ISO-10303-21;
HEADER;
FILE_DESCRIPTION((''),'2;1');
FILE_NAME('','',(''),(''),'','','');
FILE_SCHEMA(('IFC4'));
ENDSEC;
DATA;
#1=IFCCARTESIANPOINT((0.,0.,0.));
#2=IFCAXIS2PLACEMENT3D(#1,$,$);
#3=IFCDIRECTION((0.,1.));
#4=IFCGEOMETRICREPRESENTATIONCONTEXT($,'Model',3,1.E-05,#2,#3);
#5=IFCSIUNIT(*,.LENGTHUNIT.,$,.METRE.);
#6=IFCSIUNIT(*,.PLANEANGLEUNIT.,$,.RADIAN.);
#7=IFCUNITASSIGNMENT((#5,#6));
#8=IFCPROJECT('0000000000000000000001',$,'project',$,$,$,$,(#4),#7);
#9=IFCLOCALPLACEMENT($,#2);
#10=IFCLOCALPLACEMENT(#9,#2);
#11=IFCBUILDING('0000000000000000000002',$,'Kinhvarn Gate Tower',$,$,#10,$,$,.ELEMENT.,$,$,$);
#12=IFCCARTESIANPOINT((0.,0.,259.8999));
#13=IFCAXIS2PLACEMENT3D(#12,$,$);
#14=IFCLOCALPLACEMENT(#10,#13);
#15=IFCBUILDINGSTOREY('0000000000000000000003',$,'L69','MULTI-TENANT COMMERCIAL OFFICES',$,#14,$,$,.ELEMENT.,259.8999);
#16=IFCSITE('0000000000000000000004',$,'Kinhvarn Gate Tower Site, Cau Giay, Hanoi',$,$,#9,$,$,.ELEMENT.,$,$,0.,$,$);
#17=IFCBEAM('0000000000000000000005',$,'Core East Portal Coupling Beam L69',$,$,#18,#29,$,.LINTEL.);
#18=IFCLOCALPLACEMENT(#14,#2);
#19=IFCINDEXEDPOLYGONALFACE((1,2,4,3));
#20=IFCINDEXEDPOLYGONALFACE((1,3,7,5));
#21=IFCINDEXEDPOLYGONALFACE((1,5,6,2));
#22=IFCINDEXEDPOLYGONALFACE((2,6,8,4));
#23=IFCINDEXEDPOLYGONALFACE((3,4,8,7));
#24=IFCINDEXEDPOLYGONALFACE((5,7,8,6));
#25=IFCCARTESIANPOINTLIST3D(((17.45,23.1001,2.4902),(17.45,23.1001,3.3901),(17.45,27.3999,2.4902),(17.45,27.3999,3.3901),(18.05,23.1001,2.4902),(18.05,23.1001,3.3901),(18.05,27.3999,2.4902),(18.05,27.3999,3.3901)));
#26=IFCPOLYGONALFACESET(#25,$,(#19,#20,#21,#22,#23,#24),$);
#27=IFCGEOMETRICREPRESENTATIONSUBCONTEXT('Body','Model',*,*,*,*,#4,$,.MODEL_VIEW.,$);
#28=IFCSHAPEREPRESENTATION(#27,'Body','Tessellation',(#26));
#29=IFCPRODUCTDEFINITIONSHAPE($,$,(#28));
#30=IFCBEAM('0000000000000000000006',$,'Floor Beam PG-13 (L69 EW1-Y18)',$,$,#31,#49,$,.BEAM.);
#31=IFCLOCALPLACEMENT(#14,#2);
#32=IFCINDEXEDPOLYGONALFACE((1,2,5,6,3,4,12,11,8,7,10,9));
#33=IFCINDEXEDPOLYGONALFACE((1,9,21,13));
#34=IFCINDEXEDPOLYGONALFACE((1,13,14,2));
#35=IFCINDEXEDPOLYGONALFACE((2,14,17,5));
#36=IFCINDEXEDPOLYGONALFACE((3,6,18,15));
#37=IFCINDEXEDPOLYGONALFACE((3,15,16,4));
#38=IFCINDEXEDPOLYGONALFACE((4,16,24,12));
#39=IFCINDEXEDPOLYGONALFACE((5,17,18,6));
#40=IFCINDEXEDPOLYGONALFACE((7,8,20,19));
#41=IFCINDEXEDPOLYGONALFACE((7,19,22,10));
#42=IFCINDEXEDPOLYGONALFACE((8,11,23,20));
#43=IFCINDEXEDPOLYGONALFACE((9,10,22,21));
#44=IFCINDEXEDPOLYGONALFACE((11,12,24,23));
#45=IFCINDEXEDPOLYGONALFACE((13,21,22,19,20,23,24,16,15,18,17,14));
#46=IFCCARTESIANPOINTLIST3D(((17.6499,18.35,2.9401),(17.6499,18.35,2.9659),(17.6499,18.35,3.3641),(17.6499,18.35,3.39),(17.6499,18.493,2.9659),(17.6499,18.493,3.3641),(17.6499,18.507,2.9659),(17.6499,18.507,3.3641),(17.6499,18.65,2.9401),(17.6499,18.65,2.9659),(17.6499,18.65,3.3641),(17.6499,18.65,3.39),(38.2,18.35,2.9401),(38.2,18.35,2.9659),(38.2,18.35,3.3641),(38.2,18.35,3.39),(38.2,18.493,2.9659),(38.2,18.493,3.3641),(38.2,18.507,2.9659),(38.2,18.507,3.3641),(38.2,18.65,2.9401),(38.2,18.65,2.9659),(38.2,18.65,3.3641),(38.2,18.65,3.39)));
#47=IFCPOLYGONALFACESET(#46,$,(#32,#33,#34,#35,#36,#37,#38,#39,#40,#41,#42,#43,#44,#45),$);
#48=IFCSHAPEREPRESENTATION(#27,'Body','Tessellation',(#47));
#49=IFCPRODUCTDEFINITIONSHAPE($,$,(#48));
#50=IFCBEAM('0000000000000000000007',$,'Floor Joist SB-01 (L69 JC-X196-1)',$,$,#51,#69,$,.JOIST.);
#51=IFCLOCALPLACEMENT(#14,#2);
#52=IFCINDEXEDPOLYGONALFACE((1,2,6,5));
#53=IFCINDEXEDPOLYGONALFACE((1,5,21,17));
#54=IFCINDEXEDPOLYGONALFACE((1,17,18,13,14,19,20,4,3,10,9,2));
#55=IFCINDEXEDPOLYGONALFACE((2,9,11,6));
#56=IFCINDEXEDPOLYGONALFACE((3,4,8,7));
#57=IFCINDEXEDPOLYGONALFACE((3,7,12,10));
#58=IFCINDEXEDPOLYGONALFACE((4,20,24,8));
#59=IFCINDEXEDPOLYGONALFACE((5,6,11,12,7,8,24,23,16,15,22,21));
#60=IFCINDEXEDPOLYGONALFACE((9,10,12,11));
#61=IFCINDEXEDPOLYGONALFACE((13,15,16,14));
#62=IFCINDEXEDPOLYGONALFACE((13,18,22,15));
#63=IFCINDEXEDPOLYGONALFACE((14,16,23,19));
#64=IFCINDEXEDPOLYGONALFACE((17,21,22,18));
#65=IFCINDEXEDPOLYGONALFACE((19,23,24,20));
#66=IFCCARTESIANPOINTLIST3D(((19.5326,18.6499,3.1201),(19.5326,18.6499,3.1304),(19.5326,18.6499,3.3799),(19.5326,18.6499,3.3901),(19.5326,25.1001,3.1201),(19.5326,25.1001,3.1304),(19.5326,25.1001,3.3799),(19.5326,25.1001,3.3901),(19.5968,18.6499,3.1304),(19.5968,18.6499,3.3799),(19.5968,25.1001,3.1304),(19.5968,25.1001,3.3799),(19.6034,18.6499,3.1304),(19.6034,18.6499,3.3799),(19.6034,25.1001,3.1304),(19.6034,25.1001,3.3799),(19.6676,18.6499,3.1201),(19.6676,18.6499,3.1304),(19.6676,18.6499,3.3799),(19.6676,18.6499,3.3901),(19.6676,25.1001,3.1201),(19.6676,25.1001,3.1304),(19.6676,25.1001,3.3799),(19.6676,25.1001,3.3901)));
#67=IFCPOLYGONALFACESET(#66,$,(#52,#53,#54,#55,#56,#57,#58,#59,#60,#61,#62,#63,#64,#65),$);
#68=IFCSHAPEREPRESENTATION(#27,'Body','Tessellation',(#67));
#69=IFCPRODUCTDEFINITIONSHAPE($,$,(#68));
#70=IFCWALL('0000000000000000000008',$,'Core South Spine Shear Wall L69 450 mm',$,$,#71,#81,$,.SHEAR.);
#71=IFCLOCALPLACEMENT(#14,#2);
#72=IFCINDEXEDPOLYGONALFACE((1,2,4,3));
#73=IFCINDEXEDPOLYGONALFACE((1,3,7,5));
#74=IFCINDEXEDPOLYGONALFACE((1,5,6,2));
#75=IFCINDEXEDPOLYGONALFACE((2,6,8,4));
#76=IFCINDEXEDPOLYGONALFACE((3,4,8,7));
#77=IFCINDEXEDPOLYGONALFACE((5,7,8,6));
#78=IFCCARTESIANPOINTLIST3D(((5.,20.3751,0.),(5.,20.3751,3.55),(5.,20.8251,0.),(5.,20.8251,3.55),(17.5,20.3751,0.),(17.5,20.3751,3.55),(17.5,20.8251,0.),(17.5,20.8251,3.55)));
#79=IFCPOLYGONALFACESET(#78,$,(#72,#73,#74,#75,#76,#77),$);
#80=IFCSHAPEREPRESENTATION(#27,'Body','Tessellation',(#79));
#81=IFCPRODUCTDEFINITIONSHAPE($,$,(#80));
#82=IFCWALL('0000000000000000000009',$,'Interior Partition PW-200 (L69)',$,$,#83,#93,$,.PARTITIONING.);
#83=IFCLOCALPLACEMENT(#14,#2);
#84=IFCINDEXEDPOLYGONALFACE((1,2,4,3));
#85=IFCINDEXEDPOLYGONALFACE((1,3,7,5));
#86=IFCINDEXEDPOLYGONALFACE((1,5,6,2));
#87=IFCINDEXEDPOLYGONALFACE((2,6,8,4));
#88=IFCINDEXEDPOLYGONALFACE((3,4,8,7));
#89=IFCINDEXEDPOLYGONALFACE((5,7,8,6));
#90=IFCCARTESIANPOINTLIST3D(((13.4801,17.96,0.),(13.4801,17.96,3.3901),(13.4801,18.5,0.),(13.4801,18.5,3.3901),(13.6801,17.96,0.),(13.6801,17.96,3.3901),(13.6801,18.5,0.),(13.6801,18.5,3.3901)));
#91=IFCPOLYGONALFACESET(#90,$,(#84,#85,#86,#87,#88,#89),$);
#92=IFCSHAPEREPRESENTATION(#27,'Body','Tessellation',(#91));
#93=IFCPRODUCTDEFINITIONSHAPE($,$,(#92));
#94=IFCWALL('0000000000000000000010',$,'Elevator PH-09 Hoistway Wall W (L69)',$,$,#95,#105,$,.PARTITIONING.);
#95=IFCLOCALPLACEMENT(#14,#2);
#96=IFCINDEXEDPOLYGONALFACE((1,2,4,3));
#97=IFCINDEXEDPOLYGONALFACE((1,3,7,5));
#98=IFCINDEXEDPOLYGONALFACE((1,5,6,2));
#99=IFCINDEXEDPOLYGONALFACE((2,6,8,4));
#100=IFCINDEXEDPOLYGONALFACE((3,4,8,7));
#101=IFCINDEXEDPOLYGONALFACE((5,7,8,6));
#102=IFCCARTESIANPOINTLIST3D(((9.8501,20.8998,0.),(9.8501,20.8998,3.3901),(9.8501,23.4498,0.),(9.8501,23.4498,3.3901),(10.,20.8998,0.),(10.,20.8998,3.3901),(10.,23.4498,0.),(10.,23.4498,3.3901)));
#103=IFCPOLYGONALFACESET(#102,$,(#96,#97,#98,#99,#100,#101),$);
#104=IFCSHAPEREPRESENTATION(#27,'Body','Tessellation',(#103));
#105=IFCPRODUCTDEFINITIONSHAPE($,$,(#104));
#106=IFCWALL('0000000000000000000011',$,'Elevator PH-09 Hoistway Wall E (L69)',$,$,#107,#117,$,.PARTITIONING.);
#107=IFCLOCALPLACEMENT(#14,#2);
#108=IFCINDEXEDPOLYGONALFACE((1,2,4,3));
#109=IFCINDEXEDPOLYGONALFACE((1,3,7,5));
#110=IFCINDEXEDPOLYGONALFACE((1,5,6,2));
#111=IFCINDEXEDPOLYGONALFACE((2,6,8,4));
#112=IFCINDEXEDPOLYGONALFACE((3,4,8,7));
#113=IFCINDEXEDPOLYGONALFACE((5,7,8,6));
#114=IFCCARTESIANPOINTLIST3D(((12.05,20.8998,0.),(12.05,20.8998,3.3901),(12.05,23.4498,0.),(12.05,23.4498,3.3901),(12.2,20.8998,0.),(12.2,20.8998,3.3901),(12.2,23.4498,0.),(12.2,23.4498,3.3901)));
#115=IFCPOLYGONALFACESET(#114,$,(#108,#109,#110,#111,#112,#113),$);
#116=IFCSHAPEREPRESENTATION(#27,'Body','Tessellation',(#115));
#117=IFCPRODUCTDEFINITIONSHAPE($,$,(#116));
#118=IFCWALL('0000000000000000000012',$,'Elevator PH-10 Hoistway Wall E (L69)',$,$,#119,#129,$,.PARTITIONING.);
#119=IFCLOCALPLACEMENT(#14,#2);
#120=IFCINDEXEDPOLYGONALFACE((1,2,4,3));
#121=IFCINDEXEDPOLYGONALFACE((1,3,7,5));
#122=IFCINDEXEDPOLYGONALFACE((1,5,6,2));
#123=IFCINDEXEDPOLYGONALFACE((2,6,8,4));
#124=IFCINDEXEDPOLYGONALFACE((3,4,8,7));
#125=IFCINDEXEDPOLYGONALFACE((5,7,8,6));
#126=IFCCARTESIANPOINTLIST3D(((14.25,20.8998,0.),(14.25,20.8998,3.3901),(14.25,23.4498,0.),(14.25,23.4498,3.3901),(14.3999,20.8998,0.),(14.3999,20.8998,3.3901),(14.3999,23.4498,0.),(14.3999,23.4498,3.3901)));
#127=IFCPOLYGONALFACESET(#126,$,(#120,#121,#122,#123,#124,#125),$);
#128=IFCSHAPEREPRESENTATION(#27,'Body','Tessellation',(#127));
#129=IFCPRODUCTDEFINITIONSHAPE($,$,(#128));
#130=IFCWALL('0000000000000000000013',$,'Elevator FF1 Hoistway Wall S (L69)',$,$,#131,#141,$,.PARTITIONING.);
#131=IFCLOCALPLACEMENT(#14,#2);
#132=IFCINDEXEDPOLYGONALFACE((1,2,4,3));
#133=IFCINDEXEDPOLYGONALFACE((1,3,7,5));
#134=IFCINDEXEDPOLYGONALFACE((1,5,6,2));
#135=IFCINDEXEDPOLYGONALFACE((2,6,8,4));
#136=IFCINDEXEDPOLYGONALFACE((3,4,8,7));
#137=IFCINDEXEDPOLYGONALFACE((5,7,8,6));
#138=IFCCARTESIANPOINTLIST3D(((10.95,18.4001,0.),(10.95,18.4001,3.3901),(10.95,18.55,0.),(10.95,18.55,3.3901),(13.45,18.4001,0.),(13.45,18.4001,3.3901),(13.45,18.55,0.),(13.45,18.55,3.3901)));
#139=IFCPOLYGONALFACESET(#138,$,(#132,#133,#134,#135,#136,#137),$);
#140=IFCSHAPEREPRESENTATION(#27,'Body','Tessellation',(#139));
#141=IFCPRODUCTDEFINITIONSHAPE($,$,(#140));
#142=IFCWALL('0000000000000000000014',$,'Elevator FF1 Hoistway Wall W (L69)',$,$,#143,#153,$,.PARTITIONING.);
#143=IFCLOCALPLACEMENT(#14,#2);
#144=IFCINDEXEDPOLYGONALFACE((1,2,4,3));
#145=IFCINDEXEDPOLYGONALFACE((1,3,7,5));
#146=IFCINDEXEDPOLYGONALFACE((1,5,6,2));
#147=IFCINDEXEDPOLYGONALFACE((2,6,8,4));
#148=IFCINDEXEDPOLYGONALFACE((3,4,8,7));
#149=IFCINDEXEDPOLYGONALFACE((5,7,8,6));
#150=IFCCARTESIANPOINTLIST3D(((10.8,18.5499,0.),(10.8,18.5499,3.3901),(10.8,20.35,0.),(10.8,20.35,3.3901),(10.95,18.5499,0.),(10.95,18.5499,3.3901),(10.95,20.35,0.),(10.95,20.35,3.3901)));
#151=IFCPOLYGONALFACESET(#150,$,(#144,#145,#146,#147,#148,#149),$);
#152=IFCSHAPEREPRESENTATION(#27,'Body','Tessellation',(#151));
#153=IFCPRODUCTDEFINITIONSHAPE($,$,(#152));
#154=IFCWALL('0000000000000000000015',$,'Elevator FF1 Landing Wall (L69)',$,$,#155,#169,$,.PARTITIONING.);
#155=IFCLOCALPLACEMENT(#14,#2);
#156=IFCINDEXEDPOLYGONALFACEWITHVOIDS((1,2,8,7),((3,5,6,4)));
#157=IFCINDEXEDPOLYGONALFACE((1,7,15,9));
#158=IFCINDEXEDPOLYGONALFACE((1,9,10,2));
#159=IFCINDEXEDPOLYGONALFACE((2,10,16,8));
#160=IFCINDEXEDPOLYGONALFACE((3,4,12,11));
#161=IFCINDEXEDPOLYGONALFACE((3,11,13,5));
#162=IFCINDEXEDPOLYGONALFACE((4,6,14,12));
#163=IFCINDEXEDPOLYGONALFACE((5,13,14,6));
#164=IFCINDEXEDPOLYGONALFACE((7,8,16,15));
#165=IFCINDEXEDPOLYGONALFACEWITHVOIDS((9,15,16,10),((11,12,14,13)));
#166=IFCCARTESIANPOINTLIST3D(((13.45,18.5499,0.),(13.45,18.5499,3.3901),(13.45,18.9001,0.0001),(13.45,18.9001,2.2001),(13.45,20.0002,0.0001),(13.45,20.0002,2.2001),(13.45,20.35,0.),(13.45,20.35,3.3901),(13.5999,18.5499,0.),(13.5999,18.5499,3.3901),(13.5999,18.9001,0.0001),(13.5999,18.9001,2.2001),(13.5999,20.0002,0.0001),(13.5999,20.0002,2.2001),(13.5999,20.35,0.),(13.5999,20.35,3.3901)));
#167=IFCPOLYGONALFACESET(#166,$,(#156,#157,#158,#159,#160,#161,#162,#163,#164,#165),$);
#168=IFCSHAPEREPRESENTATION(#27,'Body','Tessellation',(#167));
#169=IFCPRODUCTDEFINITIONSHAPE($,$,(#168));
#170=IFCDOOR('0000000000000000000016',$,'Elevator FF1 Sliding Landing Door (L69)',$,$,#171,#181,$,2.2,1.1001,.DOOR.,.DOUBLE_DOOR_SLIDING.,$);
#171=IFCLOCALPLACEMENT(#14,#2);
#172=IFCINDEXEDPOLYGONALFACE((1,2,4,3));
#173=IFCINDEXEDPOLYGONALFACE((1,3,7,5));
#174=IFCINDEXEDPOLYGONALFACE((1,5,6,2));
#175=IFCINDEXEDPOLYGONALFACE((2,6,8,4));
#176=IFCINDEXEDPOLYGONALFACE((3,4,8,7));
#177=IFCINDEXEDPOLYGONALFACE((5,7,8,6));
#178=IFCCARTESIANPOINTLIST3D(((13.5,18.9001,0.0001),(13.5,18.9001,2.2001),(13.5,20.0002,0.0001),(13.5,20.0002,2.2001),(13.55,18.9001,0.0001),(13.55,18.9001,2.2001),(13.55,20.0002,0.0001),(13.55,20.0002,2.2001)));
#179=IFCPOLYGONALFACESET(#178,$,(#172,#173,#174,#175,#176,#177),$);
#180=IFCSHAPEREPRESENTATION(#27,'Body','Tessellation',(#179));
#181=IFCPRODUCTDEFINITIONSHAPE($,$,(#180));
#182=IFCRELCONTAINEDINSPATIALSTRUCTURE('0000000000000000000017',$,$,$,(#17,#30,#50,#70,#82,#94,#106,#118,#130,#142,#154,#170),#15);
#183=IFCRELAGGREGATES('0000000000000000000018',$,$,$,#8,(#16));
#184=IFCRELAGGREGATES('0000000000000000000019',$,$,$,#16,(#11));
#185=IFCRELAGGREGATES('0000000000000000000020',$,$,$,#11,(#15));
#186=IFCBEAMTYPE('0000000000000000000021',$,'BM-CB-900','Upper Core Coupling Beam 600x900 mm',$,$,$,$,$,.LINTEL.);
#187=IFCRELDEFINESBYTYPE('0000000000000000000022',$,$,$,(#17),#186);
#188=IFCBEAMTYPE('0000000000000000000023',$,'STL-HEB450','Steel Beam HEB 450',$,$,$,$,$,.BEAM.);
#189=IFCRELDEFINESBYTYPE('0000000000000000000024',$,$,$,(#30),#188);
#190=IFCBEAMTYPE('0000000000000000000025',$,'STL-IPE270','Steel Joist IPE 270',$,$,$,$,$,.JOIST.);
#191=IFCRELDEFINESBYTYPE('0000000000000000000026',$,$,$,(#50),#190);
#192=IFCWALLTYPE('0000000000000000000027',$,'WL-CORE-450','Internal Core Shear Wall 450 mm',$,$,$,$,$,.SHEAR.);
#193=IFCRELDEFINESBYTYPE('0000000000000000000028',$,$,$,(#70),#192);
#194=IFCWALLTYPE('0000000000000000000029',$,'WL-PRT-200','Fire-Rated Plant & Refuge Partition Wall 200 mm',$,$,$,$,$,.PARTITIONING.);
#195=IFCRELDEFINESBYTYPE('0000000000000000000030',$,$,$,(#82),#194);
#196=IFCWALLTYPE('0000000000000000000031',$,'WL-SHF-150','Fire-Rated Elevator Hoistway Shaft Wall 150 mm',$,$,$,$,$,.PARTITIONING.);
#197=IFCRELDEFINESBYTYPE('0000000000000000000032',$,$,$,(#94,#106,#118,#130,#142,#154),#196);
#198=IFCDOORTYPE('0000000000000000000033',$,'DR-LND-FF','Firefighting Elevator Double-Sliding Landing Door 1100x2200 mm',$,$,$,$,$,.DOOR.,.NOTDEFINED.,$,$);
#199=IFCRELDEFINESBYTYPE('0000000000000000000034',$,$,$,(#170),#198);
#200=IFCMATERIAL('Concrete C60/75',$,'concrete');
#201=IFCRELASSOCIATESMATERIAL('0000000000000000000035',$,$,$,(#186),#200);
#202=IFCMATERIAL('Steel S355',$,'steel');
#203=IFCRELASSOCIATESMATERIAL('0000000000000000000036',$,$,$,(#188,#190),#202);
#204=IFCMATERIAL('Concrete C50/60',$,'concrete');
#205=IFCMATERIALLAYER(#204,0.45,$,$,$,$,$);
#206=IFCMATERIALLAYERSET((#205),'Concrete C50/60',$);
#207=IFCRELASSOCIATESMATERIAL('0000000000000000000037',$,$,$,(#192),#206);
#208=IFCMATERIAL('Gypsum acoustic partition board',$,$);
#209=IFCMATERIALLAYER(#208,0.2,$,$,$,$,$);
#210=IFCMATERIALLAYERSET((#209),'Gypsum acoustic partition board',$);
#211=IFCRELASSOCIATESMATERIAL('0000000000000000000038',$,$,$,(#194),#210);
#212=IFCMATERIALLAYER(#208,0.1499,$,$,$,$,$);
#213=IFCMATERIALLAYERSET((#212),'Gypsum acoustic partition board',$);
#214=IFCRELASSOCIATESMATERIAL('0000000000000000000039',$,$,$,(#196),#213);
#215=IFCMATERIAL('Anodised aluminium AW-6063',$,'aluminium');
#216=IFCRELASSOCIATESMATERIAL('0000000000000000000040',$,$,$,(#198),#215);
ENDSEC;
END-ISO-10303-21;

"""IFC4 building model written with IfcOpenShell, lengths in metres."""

from ifc_helpers import new_model, si_unit, direction, frame, frame_2d, origin, origin_2d, place, context, subcontext, project, spatial, rectangle, i_section, extrude, material, layer, layer_set, material_profile, profile_set, type_object, element, fill, save


model = new_model("IFC4")

# Units and contexts
model_context = context("Model", 3, precision=1e-05, world=origin(), true_north=direction((0.0, 1.0)))
body_context = subcontext(model_context, "Body", "Model", "MODEL_VIEW")
ifc_project = project(units=[si_unit("LENGTHUNIT", "METRE"), si_unit("PLANEANGLEUNIT", "RADIAN")], contexts=[model_context])

# Site, building, storey
site_placement = place(None, origin())
site = spatial("IfcSite", under=ifc_project, at=site_placement, Name="Kinhvarn Gate Tower Site, Cau Giay, Hanoi", CompositionType="ELEMENT", RefElevation=0.0)
building_placement = place(site_placement, origin())
building = spatial("IfcBuilding", under=site, at=building_placement, Name="Kinhvarn Gate Tower", CompositionType="ELEMENT")
storey_placement = place(building_placement, frame((0.0, 0.0, 259.8999)))
storey = spatial("IfcBuildingStorey", under=building, at=storey_placement, Name="L69", Description="MULTI-TENANT COMMERCIAL OFFICES", CompositionType="ELEMENT", Elevation=259.8999)

# Beams
ifc_material_1 = material(Name="Concrete C60/75", Category="concrete")
ifc_material_profile_1 = material_profile(ifc_material_1, rectangle(XDim=0.6001, YDim=0.8999, at=origin_2d()), Name="RC 600x900")
ifc_profile_set_1 = profile_set([ifc_material_profile_1], Name="Concrete C60/75")
beam_type_1 = type_object("IfcBeamType", Name="BM-CB-900", Description="Upper Core Coupling Beam 600x900 mm", PredefinedType="LINTEL", material=ifc_profile_set_1)
beam_1_placement = place(storey_placement, frame((17.75, 23.1001, 2.9402), z_axis=(0.0, 1.0, 0.0), x_axis=(-1.0, 0.0, 0.0)))
element("IfcBeam", 1, at=beam_1_placement, inside=storey, type_object=beam_type_1, Name="Core East Portal Coupling Beam L69", PredefinedType="LINTEL", context=body_context, shape_type="SweptSolid", body=[
    extrude(rectangle(XDim=0.6001, YDim=0.8999, at=origin_2d()), origin(), (0.0, 0.0, 1.0), 4.2998),
])
ifc_material_2 = material(Name="Steel S355", Category="steel")
ifc_material_profile_2 = material_profile(ifc_material_2, i_section(OverallWidth=0.3, OverallDepth=0.45, WebThickness=0.0139, FlangeThickness=0.0259, at=origin_2d()), Name="HEB 450")
ifc_profile_set_2 = profile_set([ifc_material_profile_2], Name="Steel S355")
beam_type_2 = type_object("IfcBeamType", Name="STL-HEB450", Description="Steel Beam HEB 450", PredefinedType="BEAM", material=ifc_profile_set_2)
beam_2_placement = place(storey_placement, frame((17.6499, 18.5, 3.165), z_axis=(1.0, 0.0, 0.0), x_axis=(0.0, 1.0, 0.0)))
element("IfcBeam", 2, at=beam_2_placement, inside=storey, type_object=beam_type_2, Name="Floor Beam PG-13 (L69 EW1-Y18)", PredefinedType="BEAM", context=body_context, shape_type="SweptSolid", body=[
    extrude(i_section(OverallWidth=0.3, OverallDepth=0.45, WebThickness=0.0139, FlangeThickness=0.0259, at=origin_2d()), origin(), (0.0, 0.0, 1.0), 20.55),
])
ifc_material_profile_3 = material_profile(ifc_material_2, i_section(OverallWidth=0.135, OverallDepth=0.27, WebThickness=0.0066, FlangeThickness=0.0103, at=origin_2d()), Name="IPE 270")
ifc_profile_set_3 = profile_set([ifc_material_profile_3], Name="Steel S355")
beam_type_3 = type_object("IfcBeamType", Name="STL-IPE270", Description="Steel Joist IPE 270", PredefinedType="JOIST", material=ifc_profile_set_3)
beam_3_placement = place(storey_placement, frame((19.6001, 18.6499, 3.2551), z_axis=(0.0, 1.0, 0.0), x_axis=(-1.0, 0.0, 0.0)))
element("IfcBeam", 3, at=beam_3_placement, inside=storey, type_object=beam_type_3, Name="Floor Joist SB-01 (L69 JC-X196-1)", PredefinedType="JOIST", context=body_context, shape_type="SweptSolid", body=[
    extrude(i_section(OverallWidth=0.135, OverallDepth=0.27, WebThickness=0.0066, FlangeThickness=0.0103, at=origin_2d()), origin(), (0.0, 0.0, 1.0), 6.4502),
])

# Walls
ifc_material_3 = material(Name="Concrete C50/60", Category="concrete")
ifc_layer_1 = layer(ifc_material_3, 0.45)
ifc_layer_set_1 = layer_set([ifc_layer_1], Name="Concrete C50/60")
wall_type_1 = type_object("IfcWallType", Name="WL-CORE-450", Description="Internal Core Shear Wall 450 mm", PredefinedType="SHEAR", material=ifc_layer_set_1)
wall_1_placement = place(storey_placement, frame((5.0, 20.6001, 0.0), z_axis=(0.0, 0.0, 1.0), x_axis=(1.0, 0.0, 0.0)))
element("IfcWall", 4, at=wall_1_placement, inside=storey, type_object=wall_type_1, Name="Core South Spine Shear Wall L69 450 mm", PredefinedType="SHEAR", context=body_context, shape_type="SweptSolid", body=[
    extrude(rectangle(XDim=12.5, YDim=0.45, at=frame_2d((6.25, 0.0))), origin(), (0.0, 0.0, 1.0), 3.55),
])
ifc_material_4 = material(Name="Gypsum acoustic partition board")
ifc_layer_2 = layer(ifc_material_4, 0.2)
ifc_layer_set_2 = layer_set([ifc_layer_2], Name="Gypsum acoustic partition board")
wall_type_2 = type_object("IfcWallType", Name="WL-PRT-200", Description="Fire-Rated Plant & Refuge Partition Wall 200 mm", PredefinedType="PARTITIONING", material=ifc_layer_set_2)
wall_2_placement = place(storey_placement, frame((13.5801, 17.96, 0.0), z_axis=(0.0, 0.0, 1.0), x_axis=(0.0, 1.0, 0.0)))
element("IfcWall", 5, at=wall_2_placement, inside=storey, type_object=wall_type_2, Name="Interior Partition PW-200 (L69)", PredefinedType="PARTITIONING", context=body_context, shape_type="SweptSolid", body=[
    extrude(rectangle(XDim=0.54, YDim=0.2, at=frame_2d((0.27, 0.0))), origin(), (0.0, 0.0, 1.0), 3.3901),
])
ifc_layer_3 = layer(ifc_material_4, 0.1499)
ifc_layer_set_3 = layer_set([ifc_layer_3], Name="Gypsum acoustic partition board")
wall_type_3 = type_object("IfcWallType", Name="WL-SHF-150", Description="Fire-Rated Elevator Hoistway Shaft Wall 150 mm", PredefinedType="PARTITIONING", material=ifc_layer_set_3)
for number, where, z_axis, x_axis, name in (
    (6, (9.925, 20.8999, 0.0), (0.0, 0.0, 1.0), (0.0, 1.0, 0.0), "Elevator PH-09 Hoistway Wall W (L69)"),
    (7, (12.125, 20.8999, 0.0), (0.0, 0.0, 1.0), (0.0, 1.0, 0.0), "Elevator PH-09 Hoistway Wall E (L69)"),
    (8, (14.325, 20.8999, 0.0), (0.0, 0.0, 1.0), (0.0, 1.0, 0.0), "Elevator PH-10 Hoistway Wall E (L69)"),
):
    element("IfcWall", number, at=place(storey_placement, frame(where, z_axis=z_axis, x_axis=x_axis)), inside=storey, type_object=wall_type_3, Name=name, PredefinedType="PARTITIONING", context=body_context, shape_type="SweptSolid", body=[
        extrude(rectangle(XDim=2.55, YDim=0.1499, at=frame_2d((1.2749, 0.0))), origin(), (0.0, 0.0, 1.0), 3.3901),
    ])
wall_3_placement = place(storey_placement, frame((10.95, 18.4751, 0.0), z_axis=(0.0, 0.0, 1.0), x_axis=(1.0, 0.0, 0.0)))
element("IfcWall", 9, at=wall_3_placement, inside=storey, type_object=wall_type_3, Name="Elevator FF1 Hoistway Wall S (L69)", PredefinedType="PARTITIONING", context=body_context, shape_type="SweptSolid", body=[
    extrude(rectangle(XDim=2.5, YDim=0.1499, at=frame_2d((1.25, 0.0))), origin(), (0.0, 0.0, 1.0), 3.3901),
])
wall_4_placement = place(storey_placement, frame((10.875, 18.55, 0.0), z_axis=(0.0, 0.0, 1.0), x_axis=(0.0, 1.0, 0.0)))
element("IfcWall", 10, at=wall_4_placement, inside=storey, type_object=wall_type_3, Name="Elevator FF1 Hoistway Wall W (L69)", PredefinedType="PARTITIONING", context=body_context, shape_type="SweptSolid", body=[
    extrude(rectangle(XDim=1.8, YDim=0.1499, at=frame_2d((0.8999, 0.0))), origin(), (0.0, 0.0, 1.0), 3.3901),
])

# Wall, opening, door
wall_5_placement = place(storey_placement, frame((13.5249, 18.55, 0.0), z_axis=(0.0, 0.0, 1.0), x_axis=(0.0, 1.0, 0.0)))
wall_5 = element("IfcWall", 11, at=wall_5_placement, inside=storey, type_object=wall_type_3, Name="Elevator FF1 Landing Wall (L69)", PredefinedType="PARTITIONING", context=body_context, shape_type="SweptSolid", body=[
    extrude(rectangle(XDim=1.8, YDim=0.1499, at=frame_2d((0.8999, 0.0))), origin(), (0.0, 0.0, 1.0), 3.3901),
])
opening_1_placement = place(wall_5_placement, frame((0.3501, 0.0, 0.0)))
opening_1 = element("IfcOpeningElement", 12, at=opening_1_placement, cuts=wall_5, PredefinedType="OPENING", context=body_context, shape_type="SweptSolid", body=[
    extrude(rectangle(XDim=1.1001, YDim=2.2, at=frame_2d((0.55, 1.1001))), frame((0.0, 0.085, 0.0), z_axis=(0.0, -1.0, 0.0), x_axis=(1.0, 0.0, 0.0)), (0.0, 0.0, 1.0), 0.1699),
])
ifc_material_5 = material(Name="Anodised aluminium AW-6063", Category="aluminium")
door_type_1 = type_object("IfcDoorType", Name="DR-LND-FF", Description="Firefighting Elevator Double-Sliding Landing Door 1100x2200 mm", OperationType="NOTDEFINED", PredefinedType="DOOR", material=ifc_material_5)
door_1_placement = place(opening_1_placement, origin())
door_1 = element("IfcDoor", 13, at=door_1_placement, inside=storey, type_object=door_type_1, Name="Elevator FF1 Sliding Landing Door (L69)", OperationType="DOUBLE_DOOR_SLIDING", OverallHeight=2.2, OverallWidth=1.1001, PredefinedType="DOOR", context=body_context, shape_type="SweptSolid", body=[
    extrude(rectangle(XDim=1.1001, YDim=2.2, at=frame_2d((0.55, 1.1001))), frame((0.0, 0.0249, 0.0), z_axis=(0.0, -1.0, 0.0), x_axis=(1.0, 0.0, 0.0)), (0.0, 0.0, 1.0), 0.05),
])
fill(opening_1, door_1)

save(model, "model.ifc")
